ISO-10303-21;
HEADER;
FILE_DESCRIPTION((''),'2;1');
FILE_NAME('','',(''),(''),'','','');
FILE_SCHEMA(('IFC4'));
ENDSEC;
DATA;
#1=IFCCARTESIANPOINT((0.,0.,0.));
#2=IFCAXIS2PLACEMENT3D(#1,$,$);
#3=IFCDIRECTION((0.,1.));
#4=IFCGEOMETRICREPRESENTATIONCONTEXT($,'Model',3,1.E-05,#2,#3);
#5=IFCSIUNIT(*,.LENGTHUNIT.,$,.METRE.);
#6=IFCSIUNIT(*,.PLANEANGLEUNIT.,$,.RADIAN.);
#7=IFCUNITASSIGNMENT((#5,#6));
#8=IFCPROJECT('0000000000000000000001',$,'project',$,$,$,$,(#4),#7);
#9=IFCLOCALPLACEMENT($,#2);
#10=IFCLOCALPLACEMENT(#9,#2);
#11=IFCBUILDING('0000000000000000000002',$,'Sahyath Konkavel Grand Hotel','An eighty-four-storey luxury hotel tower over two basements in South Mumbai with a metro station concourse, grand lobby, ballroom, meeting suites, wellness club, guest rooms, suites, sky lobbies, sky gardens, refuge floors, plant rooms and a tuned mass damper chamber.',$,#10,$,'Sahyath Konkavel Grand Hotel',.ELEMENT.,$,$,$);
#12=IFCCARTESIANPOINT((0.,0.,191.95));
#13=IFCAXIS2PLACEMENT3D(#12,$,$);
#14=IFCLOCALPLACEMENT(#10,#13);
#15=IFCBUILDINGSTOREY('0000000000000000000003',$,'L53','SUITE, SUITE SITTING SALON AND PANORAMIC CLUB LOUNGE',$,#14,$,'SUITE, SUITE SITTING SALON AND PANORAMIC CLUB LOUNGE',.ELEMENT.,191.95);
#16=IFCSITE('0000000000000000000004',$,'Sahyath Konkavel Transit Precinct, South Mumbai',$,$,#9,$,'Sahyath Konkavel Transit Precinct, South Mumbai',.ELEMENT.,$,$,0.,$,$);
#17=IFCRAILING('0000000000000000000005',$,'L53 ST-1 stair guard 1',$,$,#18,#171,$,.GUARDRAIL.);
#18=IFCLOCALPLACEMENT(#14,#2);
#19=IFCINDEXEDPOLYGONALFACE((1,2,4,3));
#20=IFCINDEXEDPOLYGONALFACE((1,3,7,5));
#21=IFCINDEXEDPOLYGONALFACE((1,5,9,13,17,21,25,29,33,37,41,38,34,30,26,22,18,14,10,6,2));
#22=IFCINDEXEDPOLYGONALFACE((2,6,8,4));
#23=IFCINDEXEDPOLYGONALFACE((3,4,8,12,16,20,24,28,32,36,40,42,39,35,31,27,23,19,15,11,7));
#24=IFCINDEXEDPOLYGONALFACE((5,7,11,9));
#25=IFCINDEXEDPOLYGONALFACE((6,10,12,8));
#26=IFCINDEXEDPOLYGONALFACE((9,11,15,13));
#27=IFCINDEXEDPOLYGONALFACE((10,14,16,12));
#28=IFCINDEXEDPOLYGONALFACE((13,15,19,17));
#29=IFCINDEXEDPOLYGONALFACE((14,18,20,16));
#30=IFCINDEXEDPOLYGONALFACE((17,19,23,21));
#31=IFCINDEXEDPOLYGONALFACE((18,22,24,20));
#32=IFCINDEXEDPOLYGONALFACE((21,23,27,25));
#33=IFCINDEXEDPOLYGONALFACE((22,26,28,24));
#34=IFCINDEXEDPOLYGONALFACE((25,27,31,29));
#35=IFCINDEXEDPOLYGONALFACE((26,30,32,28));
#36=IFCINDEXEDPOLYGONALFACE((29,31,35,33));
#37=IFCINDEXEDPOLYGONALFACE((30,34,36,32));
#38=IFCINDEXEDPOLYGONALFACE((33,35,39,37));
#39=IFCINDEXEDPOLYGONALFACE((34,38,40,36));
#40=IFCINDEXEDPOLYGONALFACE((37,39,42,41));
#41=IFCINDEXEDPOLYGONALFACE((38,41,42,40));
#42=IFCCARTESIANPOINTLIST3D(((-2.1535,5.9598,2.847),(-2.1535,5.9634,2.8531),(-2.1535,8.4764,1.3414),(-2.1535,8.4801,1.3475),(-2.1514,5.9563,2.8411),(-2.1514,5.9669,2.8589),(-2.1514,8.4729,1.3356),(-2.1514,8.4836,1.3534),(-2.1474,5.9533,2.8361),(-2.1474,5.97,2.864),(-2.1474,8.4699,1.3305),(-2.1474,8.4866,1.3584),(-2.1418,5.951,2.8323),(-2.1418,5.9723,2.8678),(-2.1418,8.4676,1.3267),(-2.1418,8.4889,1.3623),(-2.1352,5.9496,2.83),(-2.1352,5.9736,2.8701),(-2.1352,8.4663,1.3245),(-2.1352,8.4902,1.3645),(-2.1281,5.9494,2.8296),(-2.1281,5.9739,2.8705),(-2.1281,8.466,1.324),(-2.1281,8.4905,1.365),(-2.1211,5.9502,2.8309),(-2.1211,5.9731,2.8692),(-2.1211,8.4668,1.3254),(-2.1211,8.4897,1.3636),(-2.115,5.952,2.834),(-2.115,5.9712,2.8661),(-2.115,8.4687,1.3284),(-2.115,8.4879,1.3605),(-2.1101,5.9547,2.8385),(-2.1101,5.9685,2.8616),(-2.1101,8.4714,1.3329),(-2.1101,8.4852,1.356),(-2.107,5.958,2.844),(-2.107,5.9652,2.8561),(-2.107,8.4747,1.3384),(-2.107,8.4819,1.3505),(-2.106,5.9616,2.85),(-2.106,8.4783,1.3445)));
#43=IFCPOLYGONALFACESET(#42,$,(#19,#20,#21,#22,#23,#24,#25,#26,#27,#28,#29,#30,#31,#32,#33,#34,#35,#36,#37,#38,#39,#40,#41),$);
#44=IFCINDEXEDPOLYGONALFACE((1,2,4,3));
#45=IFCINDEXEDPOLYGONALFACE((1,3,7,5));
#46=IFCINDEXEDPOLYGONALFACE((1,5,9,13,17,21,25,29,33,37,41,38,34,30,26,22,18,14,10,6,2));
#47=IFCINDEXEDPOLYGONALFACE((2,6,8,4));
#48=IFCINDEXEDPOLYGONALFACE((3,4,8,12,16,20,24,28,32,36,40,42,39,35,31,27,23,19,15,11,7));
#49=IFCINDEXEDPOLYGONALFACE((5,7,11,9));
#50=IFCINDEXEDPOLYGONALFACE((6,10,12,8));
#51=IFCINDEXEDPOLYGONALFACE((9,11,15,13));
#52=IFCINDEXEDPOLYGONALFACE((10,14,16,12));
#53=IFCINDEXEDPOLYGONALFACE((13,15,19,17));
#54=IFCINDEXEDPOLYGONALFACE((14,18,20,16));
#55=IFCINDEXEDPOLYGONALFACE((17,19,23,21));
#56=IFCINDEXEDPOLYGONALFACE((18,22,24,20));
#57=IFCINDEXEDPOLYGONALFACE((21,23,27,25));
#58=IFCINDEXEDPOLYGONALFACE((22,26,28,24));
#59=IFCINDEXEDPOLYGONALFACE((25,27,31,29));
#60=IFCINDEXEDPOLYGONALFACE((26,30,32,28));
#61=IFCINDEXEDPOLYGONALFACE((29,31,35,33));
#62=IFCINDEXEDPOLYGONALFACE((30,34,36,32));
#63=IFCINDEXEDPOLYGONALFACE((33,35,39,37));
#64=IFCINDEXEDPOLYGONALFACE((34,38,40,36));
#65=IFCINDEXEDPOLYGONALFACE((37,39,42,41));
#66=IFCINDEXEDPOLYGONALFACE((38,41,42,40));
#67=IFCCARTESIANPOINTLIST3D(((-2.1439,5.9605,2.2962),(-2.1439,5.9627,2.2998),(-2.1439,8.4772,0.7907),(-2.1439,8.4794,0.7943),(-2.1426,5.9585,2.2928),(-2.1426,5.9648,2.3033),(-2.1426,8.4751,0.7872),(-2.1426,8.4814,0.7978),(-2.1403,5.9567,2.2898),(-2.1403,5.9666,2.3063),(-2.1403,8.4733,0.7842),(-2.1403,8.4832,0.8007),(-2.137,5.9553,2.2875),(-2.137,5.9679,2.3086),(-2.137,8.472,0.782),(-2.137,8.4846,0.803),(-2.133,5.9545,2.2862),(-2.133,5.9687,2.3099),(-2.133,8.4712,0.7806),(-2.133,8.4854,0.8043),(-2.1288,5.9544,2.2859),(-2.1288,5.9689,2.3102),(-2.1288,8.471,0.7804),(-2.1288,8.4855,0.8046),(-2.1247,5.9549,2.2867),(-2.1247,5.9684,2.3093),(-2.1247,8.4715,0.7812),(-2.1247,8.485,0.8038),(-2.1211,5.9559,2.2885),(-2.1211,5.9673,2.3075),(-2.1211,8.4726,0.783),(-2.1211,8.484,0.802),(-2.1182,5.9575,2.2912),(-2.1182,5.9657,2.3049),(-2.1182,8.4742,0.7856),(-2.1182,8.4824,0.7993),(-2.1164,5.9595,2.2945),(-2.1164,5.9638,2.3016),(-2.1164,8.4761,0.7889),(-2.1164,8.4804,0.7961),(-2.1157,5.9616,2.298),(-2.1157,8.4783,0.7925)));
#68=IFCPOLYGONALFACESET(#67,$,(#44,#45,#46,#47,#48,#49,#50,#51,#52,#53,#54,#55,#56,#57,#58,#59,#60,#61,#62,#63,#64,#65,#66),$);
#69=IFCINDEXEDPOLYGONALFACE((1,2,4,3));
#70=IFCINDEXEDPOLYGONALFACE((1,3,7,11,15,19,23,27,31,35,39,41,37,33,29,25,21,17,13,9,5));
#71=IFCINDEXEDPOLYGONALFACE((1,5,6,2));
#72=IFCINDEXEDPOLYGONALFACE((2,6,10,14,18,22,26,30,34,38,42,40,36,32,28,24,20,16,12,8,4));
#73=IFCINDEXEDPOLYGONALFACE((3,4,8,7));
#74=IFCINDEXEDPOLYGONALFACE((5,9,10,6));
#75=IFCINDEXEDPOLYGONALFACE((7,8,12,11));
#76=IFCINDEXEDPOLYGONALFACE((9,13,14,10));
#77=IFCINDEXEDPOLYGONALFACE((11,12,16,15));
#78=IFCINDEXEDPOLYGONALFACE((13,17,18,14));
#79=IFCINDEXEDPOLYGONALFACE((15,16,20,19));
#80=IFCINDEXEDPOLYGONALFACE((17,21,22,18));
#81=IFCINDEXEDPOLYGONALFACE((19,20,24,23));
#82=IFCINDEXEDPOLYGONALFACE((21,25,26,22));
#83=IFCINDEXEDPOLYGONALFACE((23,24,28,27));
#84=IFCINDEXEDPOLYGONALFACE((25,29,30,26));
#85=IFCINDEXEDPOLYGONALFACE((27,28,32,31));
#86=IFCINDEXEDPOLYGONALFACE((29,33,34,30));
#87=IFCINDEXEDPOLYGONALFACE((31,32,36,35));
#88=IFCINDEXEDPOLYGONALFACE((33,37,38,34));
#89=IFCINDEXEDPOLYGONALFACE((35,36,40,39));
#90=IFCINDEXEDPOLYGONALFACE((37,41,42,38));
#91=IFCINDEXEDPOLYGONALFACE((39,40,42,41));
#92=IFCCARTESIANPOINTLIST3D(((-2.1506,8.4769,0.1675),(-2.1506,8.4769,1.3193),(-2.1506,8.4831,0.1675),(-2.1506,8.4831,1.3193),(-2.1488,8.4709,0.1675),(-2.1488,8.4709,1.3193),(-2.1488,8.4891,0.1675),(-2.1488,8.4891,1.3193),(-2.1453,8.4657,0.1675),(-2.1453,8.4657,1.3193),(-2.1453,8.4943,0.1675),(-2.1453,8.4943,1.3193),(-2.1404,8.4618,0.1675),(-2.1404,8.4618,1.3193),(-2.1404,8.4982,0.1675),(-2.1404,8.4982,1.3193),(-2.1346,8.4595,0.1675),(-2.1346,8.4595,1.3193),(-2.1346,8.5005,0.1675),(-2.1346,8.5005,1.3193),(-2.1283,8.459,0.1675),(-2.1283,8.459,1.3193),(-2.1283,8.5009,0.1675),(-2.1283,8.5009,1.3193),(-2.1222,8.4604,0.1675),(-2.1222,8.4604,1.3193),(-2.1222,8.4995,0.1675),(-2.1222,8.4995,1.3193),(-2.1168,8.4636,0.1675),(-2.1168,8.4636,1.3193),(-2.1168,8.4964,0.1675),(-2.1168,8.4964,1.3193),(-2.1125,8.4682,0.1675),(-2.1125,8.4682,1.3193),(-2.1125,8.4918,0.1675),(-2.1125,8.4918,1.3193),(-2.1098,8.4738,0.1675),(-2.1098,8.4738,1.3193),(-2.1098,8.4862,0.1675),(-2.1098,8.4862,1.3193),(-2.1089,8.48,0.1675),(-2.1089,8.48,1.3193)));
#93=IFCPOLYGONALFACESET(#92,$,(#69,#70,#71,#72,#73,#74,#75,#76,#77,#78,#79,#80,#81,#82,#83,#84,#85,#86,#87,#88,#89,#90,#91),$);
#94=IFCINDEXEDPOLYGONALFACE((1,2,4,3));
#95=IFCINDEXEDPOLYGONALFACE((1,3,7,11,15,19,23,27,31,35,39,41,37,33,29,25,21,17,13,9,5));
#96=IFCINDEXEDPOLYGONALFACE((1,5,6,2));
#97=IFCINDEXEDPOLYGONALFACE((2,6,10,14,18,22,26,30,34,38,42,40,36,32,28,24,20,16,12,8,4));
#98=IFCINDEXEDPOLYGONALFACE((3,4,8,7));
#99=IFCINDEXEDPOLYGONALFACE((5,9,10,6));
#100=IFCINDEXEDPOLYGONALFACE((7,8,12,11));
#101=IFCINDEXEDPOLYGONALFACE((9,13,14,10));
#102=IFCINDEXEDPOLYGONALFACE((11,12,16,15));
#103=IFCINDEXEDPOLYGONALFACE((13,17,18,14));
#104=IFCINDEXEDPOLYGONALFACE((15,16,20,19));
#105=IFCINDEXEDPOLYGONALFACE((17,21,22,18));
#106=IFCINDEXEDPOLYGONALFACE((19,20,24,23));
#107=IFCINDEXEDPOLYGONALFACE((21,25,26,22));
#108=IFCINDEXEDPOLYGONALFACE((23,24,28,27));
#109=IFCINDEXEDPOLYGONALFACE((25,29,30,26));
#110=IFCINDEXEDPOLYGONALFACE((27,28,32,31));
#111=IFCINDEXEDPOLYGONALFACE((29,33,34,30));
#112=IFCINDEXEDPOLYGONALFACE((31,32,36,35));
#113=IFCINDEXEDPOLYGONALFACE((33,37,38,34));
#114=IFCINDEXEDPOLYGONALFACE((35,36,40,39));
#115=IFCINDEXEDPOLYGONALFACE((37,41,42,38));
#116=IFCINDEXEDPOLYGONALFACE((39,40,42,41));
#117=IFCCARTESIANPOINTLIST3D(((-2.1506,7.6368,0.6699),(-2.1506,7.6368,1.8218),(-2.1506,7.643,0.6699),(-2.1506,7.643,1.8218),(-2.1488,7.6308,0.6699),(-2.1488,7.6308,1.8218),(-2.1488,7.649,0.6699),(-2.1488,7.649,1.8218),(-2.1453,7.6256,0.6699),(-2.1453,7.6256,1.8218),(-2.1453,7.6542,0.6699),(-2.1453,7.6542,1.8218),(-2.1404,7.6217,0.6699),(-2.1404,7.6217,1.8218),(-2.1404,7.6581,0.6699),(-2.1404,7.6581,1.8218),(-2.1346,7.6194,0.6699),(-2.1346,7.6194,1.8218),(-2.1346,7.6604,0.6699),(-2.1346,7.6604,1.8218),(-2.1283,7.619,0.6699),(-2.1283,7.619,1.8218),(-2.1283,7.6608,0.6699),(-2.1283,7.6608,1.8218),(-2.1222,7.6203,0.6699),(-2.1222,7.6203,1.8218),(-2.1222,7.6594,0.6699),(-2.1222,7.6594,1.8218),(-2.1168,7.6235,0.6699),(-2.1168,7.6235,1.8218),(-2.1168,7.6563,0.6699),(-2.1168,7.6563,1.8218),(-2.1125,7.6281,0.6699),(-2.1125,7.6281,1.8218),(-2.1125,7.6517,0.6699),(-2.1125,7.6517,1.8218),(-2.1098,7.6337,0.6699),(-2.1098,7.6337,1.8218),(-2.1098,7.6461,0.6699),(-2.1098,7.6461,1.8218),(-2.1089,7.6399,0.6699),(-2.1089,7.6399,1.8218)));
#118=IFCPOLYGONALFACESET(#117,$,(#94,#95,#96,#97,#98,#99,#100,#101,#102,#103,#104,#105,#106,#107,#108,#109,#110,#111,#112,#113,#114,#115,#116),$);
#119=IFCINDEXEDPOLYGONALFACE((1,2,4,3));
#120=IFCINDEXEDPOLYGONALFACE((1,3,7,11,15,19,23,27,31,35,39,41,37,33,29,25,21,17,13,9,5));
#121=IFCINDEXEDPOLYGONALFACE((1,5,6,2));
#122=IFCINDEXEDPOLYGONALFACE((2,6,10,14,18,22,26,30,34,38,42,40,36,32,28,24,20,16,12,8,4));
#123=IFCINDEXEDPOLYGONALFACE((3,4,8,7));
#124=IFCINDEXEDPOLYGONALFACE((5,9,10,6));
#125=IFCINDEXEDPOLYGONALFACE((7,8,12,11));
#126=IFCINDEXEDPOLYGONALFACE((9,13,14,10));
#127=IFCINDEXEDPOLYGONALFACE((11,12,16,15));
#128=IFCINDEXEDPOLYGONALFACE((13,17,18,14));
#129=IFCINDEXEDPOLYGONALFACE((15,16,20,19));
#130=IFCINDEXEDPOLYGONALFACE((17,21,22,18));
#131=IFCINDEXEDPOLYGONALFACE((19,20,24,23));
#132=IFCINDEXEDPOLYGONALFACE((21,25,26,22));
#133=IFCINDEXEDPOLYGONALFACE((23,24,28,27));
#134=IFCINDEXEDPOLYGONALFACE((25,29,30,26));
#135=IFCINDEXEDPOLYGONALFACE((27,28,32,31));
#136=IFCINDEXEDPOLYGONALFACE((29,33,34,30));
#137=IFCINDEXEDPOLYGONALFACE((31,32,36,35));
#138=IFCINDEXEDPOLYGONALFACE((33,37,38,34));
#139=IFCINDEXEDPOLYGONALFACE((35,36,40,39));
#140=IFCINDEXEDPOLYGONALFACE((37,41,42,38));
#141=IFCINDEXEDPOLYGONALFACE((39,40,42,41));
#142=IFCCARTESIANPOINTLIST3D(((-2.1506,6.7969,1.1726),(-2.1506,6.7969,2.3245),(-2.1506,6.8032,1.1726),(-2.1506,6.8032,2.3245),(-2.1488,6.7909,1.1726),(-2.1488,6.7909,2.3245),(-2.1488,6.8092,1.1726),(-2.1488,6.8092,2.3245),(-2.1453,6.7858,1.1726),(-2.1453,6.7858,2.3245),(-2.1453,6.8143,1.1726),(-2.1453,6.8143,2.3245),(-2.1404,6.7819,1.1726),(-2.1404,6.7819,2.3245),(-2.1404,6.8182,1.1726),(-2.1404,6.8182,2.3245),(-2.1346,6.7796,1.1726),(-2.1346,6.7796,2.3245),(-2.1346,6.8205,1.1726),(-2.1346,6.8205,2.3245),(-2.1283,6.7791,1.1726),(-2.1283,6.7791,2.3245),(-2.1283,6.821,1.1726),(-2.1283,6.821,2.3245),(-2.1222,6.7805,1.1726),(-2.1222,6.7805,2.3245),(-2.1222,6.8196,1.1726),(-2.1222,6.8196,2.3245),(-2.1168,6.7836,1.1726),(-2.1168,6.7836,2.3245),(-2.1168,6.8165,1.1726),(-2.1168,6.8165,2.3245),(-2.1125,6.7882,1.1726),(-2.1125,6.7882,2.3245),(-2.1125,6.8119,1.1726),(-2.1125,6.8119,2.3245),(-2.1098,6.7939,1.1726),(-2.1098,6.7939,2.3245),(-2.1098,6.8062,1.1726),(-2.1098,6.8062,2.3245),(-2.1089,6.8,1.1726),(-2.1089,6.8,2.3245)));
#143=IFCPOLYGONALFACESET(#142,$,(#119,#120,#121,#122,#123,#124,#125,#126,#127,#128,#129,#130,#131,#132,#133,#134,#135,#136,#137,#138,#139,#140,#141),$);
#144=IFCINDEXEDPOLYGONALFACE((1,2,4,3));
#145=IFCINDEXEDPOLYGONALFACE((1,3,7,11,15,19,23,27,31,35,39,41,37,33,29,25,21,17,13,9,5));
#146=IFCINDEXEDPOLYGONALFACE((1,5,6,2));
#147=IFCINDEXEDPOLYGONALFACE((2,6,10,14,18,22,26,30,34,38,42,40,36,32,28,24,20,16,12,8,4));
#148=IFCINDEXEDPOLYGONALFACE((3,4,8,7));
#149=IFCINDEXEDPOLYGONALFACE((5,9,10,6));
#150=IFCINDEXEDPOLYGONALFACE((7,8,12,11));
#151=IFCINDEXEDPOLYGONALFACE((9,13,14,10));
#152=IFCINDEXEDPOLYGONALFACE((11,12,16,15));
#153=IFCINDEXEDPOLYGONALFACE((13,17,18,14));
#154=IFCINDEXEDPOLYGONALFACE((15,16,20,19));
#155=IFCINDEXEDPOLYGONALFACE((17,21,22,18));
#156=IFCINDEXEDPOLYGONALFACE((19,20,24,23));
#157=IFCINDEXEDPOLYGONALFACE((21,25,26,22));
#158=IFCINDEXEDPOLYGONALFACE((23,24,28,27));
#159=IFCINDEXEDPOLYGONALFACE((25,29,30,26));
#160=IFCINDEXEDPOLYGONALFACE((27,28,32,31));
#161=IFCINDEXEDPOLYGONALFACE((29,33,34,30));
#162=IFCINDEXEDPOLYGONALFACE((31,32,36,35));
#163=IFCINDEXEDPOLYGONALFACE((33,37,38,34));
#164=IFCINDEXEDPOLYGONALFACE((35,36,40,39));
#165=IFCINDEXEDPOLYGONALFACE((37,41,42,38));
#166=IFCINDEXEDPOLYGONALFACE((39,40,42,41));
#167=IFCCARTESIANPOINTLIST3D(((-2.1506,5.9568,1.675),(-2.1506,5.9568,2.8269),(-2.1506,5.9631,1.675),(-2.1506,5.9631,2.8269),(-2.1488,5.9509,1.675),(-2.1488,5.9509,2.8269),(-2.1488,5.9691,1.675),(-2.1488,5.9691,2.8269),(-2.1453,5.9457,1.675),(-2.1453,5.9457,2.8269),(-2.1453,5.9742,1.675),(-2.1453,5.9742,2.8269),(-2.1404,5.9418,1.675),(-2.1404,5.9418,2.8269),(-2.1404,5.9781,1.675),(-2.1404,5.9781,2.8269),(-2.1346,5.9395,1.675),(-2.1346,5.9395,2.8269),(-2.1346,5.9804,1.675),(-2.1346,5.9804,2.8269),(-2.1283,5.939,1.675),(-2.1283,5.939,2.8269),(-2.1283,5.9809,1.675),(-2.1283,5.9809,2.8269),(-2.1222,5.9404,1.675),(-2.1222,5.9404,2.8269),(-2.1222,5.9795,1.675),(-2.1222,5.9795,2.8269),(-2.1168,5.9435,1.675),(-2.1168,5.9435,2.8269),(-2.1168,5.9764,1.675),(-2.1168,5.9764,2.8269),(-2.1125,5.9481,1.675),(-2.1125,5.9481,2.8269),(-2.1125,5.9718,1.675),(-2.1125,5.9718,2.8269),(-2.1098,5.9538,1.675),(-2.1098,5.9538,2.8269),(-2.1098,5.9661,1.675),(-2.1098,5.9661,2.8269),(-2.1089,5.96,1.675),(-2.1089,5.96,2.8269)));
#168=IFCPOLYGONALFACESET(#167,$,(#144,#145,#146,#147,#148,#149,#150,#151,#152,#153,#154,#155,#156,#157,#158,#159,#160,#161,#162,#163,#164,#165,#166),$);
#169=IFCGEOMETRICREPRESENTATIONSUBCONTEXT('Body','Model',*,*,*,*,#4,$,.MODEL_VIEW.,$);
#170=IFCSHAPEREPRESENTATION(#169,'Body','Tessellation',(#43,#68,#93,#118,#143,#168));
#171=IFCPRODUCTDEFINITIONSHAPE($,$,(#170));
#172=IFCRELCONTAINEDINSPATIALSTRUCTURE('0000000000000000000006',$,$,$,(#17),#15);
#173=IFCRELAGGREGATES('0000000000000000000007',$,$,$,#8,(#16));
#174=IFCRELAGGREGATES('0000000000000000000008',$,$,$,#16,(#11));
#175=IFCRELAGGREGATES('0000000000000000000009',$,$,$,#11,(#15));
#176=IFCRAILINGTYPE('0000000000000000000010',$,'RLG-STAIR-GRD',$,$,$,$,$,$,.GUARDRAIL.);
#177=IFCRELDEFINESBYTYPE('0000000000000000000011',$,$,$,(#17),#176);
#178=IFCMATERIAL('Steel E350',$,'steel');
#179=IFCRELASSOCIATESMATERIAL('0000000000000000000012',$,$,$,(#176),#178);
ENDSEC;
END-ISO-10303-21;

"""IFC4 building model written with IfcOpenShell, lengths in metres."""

from ifc_helpers import new_model, si_unit, direction, frame, origin, origin_2d, place, context, subcontext, project, spatial, circle, extrude, material, type_object, element, save


model = new_model("IFC4")

# Units and contexts
model_context = context("Model", 3, precision=1e-05, world=origin(), true_north=direction((0.0, 1.0)))
body_context = subcontext(model_context, "Body", "Model", "MODEL_VIEW")
ifc_project = project(units=[si_unit("LENGTHUNIT", "METRE"), si_unit("PLANEANGLEUNIT", "RADIAN")], contexts=[model_context])

# Site, building, storey
site_placement = place(None, origin())
site = spatial("IfcSite", under=ifc_project, at=site_placement, Name="Sahyath Konkavel Transit Precinct, South Mumbai", LongName="Sahyath Konkavel Transit Precinct, South Mumbai", CompositionType="ELEMENT", RefElevation=0.0)
building_placement = place(site_placement, origin())
building = spatial("IfcBuilding", under=site, at=building_placement, Name="Sahyath Konkavel Grand Hotel", Description="An eighty-four-storey luxury hotel tower over two basements in South Mumbai with a metro station concourse, grand lobby, ballroom, meeting suites, wellness club, guest rooms, suites, sky lobbies, sky gardens, refuge floors, plant rooms and a tuned mass damper chamber.", LongName="Sahyath Konkavel Grand Hotel", CompositionType="ELEMENT")
storey_placement = place(building_placement, frame((0.0, 0.0, 191.95)))
storey = spatial("IfcBuildingStorey", under=building, at=storey_placement, Name="L53", Description="SUITE, SUITE SITTING SALON AND PANORAMIC CLUB LOUNGE", LongName="SUITE, SUITE SITTING SALON AND PANORAMIC CLUB LOUNGE", CompositionType="ELEMENT", Elevation=191.95)

# Shared definitions
ifc_material_1 = material(Name="Steel E350", Category="steel")

# Railing
railing_type_1 = type_object("IfcRailingType", Name="RLG-STAIR-GRD", PredefinedType="GUARDRAIL", material=ifc_material_1)
railing_1_placement = place(storey_placement, frame((-2.1299, 8.48, 0.1675)))
element("IfcRailing", 1, at=railing_1_placement, inside=storey, type_object=railing_type_1, Name="L53 ST-1 stair guard 1", PredefinedType="GUARDRAIL", context=body_context, shape_type="SweptSolid", body=[
    extrude(circle(Radius=0.0239, at=origin_2d()), frame((0.0, -0.0017, 1.177), z_axis=(0.0, -0.85816, 0.513383), x_axis=(1.0, 0.0, 0.0)), (0.0, 0.0, 1.0), 2.9326),
    extrude(circle(Radius=0.0142, at=origin_2d()), frame((0.0, -0.0017, 0.625), z_axis=(0.0, -0.85816, 0.513383), x_axis=(1.0, 0.0, 0.0)), (0.0, 0.0, 1.0), 2.9326),
    extrude(circle(Radius=0.021, at=origin_2d()), origin(), (0.0, 0.0, 1.0), 1.1519),
    extrude(circle(Radius=0.021, at=origin_2d()), frame((0.0, -0.8401, 0.5024)), (0.0, 0.0, 1.0), 1.1519),
    extrude(circle(Radius=0.021, at=origin_2d()), frame((0.0, -1.6799, 1.0051)), (0.0, 0.0, 1.0), 1.1519),
    extrude(circle(Radius=0.021, at=origin_2d()), frame((0.0, -2.52, 1.5076)), (0.0, 0.0, 1.0), 1.1519),
])

save(model, "model.ifc")
